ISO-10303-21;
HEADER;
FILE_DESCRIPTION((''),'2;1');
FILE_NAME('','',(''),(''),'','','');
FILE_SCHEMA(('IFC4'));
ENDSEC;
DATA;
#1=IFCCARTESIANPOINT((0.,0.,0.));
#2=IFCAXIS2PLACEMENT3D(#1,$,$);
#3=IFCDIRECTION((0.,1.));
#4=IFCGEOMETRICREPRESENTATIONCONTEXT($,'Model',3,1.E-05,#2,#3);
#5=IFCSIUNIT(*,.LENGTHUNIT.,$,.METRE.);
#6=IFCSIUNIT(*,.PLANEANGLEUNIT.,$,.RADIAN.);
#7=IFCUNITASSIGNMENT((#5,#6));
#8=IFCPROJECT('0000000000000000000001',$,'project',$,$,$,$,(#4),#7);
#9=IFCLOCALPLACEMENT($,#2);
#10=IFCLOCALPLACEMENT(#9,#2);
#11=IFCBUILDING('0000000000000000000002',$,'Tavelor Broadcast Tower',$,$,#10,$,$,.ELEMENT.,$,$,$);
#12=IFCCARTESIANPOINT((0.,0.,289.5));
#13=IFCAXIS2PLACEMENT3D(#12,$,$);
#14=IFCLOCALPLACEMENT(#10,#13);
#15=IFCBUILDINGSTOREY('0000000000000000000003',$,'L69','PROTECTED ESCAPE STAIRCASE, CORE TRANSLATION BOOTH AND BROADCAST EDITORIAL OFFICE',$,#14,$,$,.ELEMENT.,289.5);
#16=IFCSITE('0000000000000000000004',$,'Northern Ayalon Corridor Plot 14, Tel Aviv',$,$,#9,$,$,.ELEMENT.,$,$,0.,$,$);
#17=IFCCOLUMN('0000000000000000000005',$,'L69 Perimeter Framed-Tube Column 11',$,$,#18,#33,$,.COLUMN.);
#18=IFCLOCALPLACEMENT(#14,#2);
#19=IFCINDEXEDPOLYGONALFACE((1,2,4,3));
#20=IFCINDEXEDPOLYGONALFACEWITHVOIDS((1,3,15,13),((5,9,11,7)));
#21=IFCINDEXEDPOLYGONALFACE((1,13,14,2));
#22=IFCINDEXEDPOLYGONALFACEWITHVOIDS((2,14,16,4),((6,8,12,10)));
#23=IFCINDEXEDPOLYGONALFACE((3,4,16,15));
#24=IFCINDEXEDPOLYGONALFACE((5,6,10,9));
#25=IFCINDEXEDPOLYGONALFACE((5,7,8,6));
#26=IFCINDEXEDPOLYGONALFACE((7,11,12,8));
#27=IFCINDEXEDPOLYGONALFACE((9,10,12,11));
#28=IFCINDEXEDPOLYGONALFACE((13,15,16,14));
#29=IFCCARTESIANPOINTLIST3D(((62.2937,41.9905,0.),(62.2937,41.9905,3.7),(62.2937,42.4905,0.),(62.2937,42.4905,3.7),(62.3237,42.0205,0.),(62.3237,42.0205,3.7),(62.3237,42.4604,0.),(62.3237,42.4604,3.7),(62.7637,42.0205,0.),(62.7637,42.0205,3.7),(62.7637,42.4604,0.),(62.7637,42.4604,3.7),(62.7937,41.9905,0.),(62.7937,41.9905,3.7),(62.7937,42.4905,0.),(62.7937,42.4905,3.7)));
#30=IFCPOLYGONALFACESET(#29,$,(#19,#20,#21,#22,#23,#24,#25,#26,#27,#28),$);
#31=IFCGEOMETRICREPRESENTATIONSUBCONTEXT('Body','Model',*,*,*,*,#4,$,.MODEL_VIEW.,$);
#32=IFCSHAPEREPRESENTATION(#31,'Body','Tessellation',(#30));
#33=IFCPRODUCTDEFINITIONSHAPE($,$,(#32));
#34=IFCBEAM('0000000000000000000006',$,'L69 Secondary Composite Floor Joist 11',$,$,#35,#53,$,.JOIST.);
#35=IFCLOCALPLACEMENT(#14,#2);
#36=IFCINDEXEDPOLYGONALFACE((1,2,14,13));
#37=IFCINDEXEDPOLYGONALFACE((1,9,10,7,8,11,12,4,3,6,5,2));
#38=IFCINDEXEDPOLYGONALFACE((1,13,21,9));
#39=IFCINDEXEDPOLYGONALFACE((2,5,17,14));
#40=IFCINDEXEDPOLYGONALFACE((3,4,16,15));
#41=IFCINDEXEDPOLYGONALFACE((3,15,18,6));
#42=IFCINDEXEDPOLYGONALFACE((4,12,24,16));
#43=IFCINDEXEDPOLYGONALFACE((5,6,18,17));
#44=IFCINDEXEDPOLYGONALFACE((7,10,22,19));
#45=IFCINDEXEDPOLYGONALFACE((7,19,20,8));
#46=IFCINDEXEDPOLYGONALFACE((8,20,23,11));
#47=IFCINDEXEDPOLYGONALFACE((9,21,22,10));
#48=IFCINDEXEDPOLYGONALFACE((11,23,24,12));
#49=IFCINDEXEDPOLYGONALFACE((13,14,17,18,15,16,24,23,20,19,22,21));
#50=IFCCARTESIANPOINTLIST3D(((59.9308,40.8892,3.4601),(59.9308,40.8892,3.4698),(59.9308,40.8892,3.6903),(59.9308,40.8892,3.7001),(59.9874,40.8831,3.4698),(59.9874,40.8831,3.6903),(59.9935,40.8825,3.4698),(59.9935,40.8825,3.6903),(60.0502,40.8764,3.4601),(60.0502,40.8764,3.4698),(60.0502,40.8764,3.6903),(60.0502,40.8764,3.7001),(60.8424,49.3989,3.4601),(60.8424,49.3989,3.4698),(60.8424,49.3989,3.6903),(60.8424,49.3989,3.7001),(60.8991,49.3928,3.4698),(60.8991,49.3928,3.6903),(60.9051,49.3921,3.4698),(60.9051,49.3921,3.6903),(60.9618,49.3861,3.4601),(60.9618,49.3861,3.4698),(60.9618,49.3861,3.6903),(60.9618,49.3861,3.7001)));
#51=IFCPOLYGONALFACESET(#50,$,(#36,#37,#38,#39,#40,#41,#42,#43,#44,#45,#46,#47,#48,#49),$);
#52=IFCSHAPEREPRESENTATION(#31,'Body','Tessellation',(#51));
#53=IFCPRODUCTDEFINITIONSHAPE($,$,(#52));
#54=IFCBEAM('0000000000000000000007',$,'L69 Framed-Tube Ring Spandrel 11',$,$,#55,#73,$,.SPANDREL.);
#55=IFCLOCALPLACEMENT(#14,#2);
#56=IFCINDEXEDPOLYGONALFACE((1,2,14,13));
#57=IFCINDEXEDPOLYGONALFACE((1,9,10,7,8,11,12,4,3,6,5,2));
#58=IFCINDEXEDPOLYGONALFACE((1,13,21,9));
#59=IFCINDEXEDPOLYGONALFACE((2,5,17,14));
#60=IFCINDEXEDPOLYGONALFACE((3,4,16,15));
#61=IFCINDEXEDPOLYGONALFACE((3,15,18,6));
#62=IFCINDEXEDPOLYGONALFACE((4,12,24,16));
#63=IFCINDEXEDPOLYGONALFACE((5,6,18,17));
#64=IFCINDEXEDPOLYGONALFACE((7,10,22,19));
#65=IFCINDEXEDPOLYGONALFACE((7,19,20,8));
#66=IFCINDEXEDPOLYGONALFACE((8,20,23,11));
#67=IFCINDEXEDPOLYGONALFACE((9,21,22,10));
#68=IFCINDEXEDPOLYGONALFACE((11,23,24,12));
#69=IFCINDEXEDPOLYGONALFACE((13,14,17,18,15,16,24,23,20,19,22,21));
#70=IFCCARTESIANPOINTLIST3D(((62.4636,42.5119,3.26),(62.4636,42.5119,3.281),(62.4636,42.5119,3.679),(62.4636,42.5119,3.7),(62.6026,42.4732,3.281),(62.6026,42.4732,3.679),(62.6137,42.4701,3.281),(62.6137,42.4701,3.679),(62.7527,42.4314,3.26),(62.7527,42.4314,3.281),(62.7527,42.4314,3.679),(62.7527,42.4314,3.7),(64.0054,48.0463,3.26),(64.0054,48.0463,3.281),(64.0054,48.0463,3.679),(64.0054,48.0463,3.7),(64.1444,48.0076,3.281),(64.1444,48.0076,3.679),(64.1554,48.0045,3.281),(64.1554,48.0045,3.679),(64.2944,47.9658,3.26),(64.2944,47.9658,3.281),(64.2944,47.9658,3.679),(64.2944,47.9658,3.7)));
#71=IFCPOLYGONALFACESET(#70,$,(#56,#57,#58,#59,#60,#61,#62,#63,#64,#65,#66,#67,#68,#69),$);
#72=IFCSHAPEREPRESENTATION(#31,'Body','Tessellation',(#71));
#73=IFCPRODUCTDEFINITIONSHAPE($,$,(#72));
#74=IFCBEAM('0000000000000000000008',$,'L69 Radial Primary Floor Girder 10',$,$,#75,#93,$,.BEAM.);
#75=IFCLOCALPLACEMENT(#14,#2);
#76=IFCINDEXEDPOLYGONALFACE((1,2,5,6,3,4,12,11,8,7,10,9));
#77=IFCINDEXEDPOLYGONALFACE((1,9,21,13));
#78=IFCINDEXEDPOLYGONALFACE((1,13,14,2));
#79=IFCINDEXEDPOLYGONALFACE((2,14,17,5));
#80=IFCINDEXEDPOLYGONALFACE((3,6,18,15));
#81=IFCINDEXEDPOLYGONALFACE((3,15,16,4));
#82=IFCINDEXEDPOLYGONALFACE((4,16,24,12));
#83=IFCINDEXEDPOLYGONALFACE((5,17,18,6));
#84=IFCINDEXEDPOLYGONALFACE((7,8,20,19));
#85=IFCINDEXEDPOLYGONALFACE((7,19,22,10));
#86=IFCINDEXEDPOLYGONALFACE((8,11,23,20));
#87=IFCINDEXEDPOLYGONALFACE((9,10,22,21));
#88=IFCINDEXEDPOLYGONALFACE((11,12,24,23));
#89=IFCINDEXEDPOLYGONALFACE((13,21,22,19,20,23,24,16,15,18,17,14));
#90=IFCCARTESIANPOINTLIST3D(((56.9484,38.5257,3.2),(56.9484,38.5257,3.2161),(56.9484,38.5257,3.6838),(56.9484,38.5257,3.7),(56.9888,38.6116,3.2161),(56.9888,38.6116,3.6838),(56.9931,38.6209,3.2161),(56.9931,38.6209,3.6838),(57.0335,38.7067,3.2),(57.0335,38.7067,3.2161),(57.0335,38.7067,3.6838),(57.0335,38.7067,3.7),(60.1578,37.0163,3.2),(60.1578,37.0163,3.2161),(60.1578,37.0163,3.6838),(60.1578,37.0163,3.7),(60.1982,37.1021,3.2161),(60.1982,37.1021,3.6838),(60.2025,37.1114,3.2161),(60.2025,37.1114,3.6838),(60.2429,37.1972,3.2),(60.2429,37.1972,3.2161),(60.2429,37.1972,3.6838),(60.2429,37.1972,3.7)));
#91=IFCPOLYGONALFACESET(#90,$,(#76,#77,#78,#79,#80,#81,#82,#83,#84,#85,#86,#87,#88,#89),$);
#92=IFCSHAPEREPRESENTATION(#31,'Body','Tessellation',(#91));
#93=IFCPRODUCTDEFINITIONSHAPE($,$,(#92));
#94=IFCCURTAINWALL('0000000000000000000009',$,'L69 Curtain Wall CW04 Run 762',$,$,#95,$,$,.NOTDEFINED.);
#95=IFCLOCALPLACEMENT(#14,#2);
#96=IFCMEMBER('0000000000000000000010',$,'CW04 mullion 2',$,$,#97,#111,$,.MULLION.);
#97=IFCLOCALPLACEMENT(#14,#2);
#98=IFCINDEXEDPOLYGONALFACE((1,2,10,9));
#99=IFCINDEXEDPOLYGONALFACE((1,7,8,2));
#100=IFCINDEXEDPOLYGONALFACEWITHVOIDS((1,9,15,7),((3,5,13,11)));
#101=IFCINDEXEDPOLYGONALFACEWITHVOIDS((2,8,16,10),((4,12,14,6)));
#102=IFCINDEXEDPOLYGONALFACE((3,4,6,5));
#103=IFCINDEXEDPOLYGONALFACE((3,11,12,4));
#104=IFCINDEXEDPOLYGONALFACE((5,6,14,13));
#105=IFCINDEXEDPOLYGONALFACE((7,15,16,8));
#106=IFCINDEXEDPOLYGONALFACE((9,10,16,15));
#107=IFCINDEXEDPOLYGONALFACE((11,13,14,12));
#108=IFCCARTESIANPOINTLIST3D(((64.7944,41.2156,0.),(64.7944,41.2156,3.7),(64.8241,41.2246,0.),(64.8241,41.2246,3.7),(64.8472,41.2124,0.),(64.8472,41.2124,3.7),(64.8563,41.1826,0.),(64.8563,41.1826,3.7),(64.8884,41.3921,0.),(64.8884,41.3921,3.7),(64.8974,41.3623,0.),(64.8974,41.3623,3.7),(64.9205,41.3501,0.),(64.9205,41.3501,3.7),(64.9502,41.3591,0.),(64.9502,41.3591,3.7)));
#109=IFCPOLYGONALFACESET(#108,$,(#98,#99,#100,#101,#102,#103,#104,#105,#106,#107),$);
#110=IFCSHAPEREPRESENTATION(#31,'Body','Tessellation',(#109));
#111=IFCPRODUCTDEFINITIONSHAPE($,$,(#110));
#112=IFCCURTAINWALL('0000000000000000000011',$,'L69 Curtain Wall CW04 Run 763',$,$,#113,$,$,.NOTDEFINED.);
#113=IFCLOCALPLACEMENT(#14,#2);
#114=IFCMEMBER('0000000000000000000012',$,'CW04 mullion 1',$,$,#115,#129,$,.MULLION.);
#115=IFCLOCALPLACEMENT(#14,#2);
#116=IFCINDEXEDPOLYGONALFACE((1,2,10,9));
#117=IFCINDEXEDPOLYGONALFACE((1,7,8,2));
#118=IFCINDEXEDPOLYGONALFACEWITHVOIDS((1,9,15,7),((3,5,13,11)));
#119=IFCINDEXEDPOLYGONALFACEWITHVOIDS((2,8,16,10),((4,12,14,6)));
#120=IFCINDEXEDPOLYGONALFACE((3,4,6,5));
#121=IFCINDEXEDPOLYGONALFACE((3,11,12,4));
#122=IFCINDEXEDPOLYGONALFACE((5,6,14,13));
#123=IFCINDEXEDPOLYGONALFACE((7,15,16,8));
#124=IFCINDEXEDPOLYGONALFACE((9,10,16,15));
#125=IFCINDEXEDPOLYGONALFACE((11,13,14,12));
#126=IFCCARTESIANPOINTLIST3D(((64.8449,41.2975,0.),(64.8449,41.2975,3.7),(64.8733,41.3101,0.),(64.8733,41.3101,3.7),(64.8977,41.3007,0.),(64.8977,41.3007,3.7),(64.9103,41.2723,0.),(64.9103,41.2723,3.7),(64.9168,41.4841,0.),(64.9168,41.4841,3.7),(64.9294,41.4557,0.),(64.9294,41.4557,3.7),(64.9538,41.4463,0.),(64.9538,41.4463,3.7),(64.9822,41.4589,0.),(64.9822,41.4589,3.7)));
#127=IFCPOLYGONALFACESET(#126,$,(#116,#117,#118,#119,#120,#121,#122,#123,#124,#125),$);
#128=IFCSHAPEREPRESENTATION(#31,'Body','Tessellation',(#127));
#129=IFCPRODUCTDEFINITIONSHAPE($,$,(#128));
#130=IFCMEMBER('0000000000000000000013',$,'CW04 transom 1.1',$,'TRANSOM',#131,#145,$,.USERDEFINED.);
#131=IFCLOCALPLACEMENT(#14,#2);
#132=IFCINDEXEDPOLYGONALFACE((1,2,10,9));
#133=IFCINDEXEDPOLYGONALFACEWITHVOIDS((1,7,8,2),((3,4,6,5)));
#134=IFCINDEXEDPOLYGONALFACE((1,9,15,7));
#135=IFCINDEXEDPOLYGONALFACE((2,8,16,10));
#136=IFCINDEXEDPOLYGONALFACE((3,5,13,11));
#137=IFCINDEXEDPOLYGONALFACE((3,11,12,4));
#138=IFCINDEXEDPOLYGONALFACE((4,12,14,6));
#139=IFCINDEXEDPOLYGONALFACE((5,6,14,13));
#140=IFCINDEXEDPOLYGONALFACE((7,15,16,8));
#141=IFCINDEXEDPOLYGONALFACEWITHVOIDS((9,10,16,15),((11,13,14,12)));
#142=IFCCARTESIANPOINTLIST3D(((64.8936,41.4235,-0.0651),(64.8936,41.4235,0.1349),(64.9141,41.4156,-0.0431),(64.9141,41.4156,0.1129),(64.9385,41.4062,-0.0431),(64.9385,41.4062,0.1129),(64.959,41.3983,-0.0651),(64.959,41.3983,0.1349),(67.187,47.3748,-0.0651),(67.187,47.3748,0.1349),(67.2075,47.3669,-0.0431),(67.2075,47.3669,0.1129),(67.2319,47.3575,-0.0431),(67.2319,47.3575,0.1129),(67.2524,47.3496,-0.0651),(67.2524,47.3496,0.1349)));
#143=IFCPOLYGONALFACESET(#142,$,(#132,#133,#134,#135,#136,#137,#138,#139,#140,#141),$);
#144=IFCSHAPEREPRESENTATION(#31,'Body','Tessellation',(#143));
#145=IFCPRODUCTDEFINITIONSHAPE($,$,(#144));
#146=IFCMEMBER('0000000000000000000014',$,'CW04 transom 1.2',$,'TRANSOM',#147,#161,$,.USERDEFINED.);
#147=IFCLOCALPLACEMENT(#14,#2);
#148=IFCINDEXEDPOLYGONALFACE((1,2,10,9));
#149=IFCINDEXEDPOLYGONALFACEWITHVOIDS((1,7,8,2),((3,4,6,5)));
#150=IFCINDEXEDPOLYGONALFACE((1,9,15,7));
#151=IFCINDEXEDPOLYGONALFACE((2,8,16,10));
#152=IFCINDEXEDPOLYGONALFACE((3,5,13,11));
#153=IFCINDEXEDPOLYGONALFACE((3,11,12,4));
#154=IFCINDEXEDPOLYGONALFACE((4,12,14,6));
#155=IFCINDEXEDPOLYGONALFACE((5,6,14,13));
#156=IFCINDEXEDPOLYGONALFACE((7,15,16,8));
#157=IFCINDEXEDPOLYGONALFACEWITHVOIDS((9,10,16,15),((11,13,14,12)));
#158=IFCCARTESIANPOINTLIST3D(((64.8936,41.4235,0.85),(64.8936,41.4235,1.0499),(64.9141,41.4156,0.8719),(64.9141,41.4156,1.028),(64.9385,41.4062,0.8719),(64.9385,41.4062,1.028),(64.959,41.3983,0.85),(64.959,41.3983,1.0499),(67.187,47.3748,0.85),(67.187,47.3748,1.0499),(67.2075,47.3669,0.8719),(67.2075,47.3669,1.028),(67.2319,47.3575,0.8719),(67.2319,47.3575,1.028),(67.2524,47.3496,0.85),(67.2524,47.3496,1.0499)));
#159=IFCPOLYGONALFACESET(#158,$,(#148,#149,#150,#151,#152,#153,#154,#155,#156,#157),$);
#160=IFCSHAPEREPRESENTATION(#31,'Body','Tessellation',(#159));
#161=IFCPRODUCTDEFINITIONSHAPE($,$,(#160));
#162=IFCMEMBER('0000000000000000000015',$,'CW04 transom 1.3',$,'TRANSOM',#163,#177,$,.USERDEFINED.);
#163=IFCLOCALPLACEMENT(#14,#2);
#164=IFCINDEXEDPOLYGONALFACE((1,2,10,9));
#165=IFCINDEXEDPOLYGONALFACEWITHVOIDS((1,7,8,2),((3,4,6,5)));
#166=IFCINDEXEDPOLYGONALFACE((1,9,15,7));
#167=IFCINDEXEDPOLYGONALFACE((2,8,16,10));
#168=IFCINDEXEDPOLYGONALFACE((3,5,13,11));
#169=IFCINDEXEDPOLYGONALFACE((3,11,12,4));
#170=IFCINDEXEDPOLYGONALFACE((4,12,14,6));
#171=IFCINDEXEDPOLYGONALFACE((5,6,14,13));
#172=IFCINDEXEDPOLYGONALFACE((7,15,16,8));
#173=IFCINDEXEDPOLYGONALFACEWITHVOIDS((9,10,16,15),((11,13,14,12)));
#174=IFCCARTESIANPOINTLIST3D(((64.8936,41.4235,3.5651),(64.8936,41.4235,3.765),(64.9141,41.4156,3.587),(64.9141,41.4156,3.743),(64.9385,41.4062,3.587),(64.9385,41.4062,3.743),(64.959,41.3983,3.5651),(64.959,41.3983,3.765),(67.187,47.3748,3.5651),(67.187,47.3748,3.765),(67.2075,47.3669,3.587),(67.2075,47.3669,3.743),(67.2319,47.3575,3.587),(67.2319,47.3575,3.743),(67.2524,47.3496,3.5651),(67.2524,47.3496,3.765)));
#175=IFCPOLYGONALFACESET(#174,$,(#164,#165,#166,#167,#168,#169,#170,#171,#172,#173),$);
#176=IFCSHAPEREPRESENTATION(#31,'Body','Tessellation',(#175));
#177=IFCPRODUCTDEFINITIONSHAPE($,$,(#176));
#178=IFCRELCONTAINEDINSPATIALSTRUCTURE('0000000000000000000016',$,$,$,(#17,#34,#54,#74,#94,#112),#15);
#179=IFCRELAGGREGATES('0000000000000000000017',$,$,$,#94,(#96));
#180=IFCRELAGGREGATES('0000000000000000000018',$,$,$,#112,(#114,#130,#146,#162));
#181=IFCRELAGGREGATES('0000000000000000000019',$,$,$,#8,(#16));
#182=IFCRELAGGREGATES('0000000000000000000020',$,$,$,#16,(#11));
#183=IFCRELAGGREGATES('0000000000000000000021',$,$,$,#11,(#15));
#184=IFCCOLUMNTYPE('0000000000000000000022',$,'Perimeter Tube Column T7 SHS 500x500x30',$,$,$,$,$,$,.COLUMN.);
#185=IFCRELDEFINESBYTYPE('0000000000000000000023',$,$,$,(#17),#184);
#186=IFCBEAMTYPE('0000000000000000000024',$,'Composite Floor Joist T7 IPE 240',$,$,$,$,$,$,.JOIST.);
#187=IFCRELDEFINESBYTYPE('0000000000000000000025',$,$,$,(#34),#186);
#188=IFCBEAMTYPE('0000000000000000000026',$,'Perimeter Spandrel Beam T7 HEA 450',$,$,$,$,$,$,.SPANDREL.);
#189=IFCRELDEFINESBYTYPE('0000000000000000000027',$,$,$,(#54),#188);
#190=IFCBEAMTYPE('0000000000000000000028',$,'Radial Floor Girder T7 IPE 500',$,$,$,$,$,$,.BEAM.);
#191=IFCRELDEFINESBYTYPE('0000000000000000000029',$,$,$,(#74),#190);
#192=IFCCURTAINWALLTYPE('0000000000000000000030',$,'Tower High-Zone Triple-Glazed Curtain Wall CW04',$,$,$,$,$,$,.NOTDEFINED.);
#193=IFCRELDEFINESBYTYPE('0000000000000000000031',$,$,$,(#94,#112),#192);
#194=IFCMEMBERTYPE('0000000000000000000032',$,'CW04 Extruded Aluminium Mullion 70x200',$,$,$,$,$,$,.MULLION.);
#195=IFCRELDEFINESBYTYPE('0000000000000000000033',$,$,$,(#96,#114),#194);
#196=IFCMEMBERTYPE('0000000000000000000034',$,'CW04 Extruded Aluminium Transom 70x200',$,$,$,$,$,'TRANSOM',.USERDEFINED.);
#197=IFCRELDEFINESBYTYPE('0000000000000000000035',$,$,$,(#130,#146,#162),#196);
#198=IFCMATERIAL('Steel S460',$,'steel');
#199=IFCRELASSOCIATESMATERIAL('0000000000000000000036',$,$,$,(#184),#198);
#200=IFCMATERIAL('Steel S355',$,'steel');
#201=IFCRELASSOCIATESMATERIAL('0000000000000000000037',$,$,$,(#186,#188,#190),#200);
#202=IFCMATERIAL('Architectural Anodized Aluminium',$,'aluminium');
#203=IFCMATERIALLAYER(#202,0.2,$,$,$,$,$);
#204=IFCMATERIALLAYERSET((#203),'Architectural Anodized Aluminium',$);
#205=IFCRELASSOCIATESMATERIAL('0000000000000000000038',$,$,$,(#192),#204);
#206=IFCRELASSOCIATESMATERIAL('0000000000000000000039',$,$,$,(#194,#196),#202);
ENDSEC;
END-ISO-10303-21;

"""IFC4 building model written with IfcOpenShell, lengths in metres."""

from ifc_helpers import new_model, si_unit, direction, frame, origin, origin_2d, place, context, subcontext, project, spatial, hollow_rectangle, i_section, extrude, source, transform, mapped, material, layer, layer_set, material_profile, profile_set, type_object, type_shapes, element, aggregate, save


model = new_model("IFC4")

# Units and contexts
model_context = context("Model", 3, precision=1e-05, world=origin(), true_north=direction((0.0, 1.0)))
body_context = subcontext(model_context, "Body", "Model", "MODEL_VIEW")
ifc_project = project(units=[si_unit("LENGTHUNIT", "METRE"), si_unit("PLANEANGLEUNIT", "RADIAN")], contexts=[model_context])

# Site, building, storey
site_placement = place(None, origin())
site = spatial("IfcSite", under=ifc_project, at=site_placement, Name="Northern Ayalon Corridor Plot 14, Tel Aviv", CompositionType="ELEMENT", RefElevation=0.0)
building_placement = place(site_placement, origin())
building = spatial("IfcBuilding", under=site, at=building_placement, Name="Tavelor Broadcast Tower", CompositionType="ELEMENT")
storey_placement = place(building_placement, frame((0.0, 0.0, 289.5)))
storey = spatial("IfcBuildingStorey", under=building, at=storey_placement, Name="L69", Description="PROTECTED ESCAPE STAIRCASE, CORE TRANSLATION BOOTH AND BROADCAST EDITORIAL OFFICE", CompositionType="ELEMENT", Elevation=289.5)

# Column
ifc_material_1 = material(Name="Steel S460", Category="steel")
ifc_material_profile_1 = material_profile(ifc_material_1, hollow_rectangle(XDim=0.5, YDim=0.5, WallThickness=0.03, at=origin_2d()), Name="SHS 500x500x30")
ifc_profile_set_1 = profile_set([ifc_material_profile_1], Name="Steel S460")
column_type = type_object("IfcColumnType", Name="Perimeter Tube Column T7 SHS 500x500x30", PredefinedType="COLUMN", material=ifc_profile_set_1)
column_placement = place(storey_placement, frame((62.5437, 42.2405, 0.0), z_axis=(0.0, 0.0, 1.0), x_axis=(1.0, 0.0, 0.0)))
element("IfcColumn", 1, at=column_placement, inside=storey, type_object=column_type, Name="L69 Perimeter Framed-Tube Column 11", PredefinedType="COLUMN", context=body_context, shape_type="SweptSolid", body=[
    extrude(hollow_rectangle(XDim=0.5, YDim=0.5, WallThickness=0.03, at=origin_2d()), origin(), (0.0, 0.0, 1.0), 3.7),
])

# Beams
ifc_material_2 = material(Name="Steel S355", Category="steel")
ifc_material_profile_2 = material_profile(ifc_material_2, i_section(OverallWidth=0.1201, OverallDepth=0.24, WebThickness=0.0061, FlangeThickness=0.0098, at=origin_2d()), Name="IPE 240")
ifc_profile_set_2 = profile_set([ifc_material_profile_2], Name="Steel S355")
beam_type_1 = type_object("IfcBeamType", Name="Composite Floor Joist T7 IPE 240", PredefinedType="JOIST", material=ifc_profile_set_2)
beam_1_placement = place(storey_placement, frame((59.9905, 40.8828, 3.5801), z_axis=(0.106517, 0.994311, 0.0), x_axis=(-0.994311, 0.106517, 0.0)))
element("IfcBeam", 2, at=beam_1_placement, inside=storey, type_object=beam_type_1, Name="L69 Secondary Composite Floor Joist 11", PredefinedType="JOIST", context=body_context, shape_type="SweptSolid", body=[
    extrude(i_section(OverallWidth=0.1201, OverallDepth=0.24, WebThickness=0.0061, FlangeThickness=0.0098, at=origin_2d()), origin(), (0.0, 0.0, 1.0), 8.5583),
])
ifc_material_profile_3 = material_profile(ifc_material_2, i_section(OverallWidth=0.3, OverallDepth=0.4399, WebThickness=0.0115, FlangeThickness=0.021, at=origin_2d()), Name="HEA 450")
ifc_profile_set_3 = profile_set([ifc_material_profile_3], Name="Steel S355")
beam_type_2 = type_object("IfcBeamType", Name="Perimeter Spandrel Beam T7 HEA 450", PredefinedType="SPANDREL", material=ifc_profile_set_3)
beam_2_placement = place(storey_placement, frame((62.6082, 42.4717, 3.48), z_axis=(0.268356, 0.96332, 0.0), x_axis=(-0.96332, 0.268356, 0.0)))
element("IfcBeam", 3, at=beam_2_placement, inside=storey, type_object=beam_type_2, Name="L69 Framed-Tube Ring Spandrel 11", PredefinedType="SPANDREL", context=body_context, shape_type="SweptSolid", body=[
    extrude(i_section(OverallWidth=0.3, OverallDepth=0.4399, WebThickness=0.0115, FlangeThickness=0.021, at=origin_2d()), origin(), (0.0, 0.0, 1.0), 5.7451),
])
ifc_material_profile_4 = material_profile(ifc_material_2, i_section(OverallWidth=0.2, OverallDepth=0.5, WebThickness=0.0103, FlangeThickness=0.0161, at=origin_2d()), Name="IPE 500")
ifc_profile_set_4 = profile_set([ifc_material_profile_4], Name="Steel S355")
beam_type_3 = type_object("IfcBeamType", Name="Radial Floor Girder T7 IPE 500", PredefinedType="BEAM", material=ifc_profile_set_4)
beam_3_placement = place(storey_placement, frame((56.991, 38.6162, 3.45), z_axis=(0.904908, -0.425608, 0.0), x_axis=(0.425608, 0.904908, 0.0)))
element("IfcBeam", 4, at=beam_3_placement, inside=storey, type_object=beam_type_3, Name="L69 Radial Primary Floor Girder 10", PredefinedType="BEAM", context=body_context, shape_type="SweptSolid", body=[
    extrude(i_section(OverallWidth=0.2, OverallDepth=0.5, WebThickness=0.0103, FlangeThickness=0.0161, at=origin_2d()), origin(), (0.0, 0.0, 1.0), 3.5466),
])

# Curtain wall, member
ifc_material_3 = material(Name="Architectural Anodized Aluminium", Category="aluminium")
ifc_layer_1 = layer(ifc_material_3, 0.2)
ifc_layer_set_1 = layer_set([ifc_layer_1], Name="Architectural Anodized Aluminium")
curtain_wall_type = type_object("IfcCurtainWallType", Name="Tower High-Zone Triple-Glazed Curtain Wall CW04", PredefinedType="NOTDEFINED", material=ifc_layer_set_1)
curtain_wall_1_placement = place(storey_placement, origin())
curtain_wall_1 = element("IfcCurtainWall", 5, at=curtain_wall_1_placement, inside=storey, type_object=curtain_wall_type, Name="L69 Curtain Wall CW04 Run 762", PredefinedType="NOTDEFINED")
ifc_material_profile_5 = material_profile(ifc_material_3, hollow_rectangle(XDim=0.0701, YDim=0.2, WallThickness=0.022, at=origin_2d()), Name="RHS 70x200x22")
ifc_profile_set_5 = profile_set([ifc_material_profile_5], Name="Architectural Anodized Aluminium")
member_type_1 = type_object("IfcMemberType", Name="CW04 Extruded Aluminium Mullion 70x200", PredefinedType="MULLION", material=ifc_profile_set_5)
shared_shape_1 = source(origin(), body_context, "Body", "SweptSolid", [
    extrude(hollow_rectangle(XDim=0.0701, YDim=0.2, WallThickness=0.022, at=origin_2d()), origin(), (0.0, 0.0, 1.0), 3.7),
])
type_shapes(member_type_1, [shared_shape_1])
member_1_placement = place(storey_placement, frame((64.8723, 41.2874, 0.0), z_axis=(0.0, 0.0, 1.0), x_axis=(-0.882741, 0.46986, 0.0)))
member_1 = element("IfcMember", 6, at=member_1_placement, type_object=member_type_1, Name="CW04 mullion 2", PredefinedType="MULLION", context=body_context, shape_type="MappedRepresentation", body=[
    mapped(shared_shape_1, transform((0.0, 0.0, 0.0), scale=1.0)),
])

# Curtain wall, members
curtain_wall_2_placement = place(storey_placement, origin())
curtain_wall_2 = element("IfcCurtainWall", 7, at=curtain_wall_2_placement, inside=storey, type_object=curtain_wall_type, Name="L69 Curtain Wall CW04 Run 763", PredefinedType="NOTDEFINED")
member_2_placement = place(storey_placement, frame((64.9136, 41.3782, 0.0), z_axis=(0.0, 0.0, 1.0), x_axis=(-0.933118, 0.359571, 0.0)))
member_2 = element("IfcMember", 8, at=member_2_placement, type_object=member_type_1, Name="CW04 mullion 1", PredefinedType="MULLION", context=body_context, shape_type="MappedRepresentation", body=[
    mapped(shared_shape_1, transform((0.0, 0.0, 0.0), scale=1.0)),
])
ifc_material_profile_6 = material_profile(ifc_material_3, hollow_rectangle(XDim=0.0701, YDim=0.2, WallThickness=0.022, at=origin_2d()), Name="RHS 70x200x22")
ifc_profile_set_6 = profile_set([ifc_material_profile_6], Name="Architectural Anodized Aluminium")
member_type_2 = type_object("IfcMemberType", Name="CW04 Extruded Aluminium Transom 70x200", ElementType="TRANSOM", PredefinedType="USERDEFINED", material=ifc_profile_set_6)
shared_shape_2 = source(origin(), body_context, "Body", "SweptSolid", [
    extrude(hollow_rectangle(XDim=0.0701, YDim=0.2, WallThickness=0.022, at=origin_2d()), origin(), (0.0, 0.0, 1.0), 6.3779),
])
type_shapes(member_type_2, [shared_shape_2])
member_3_placement = place(storey_placement, frame((64.9263, 41.4109, 0.0349), z_axis=(0.359587, 0.933112, 0.0), x_axis=(-0.933112, 0.359587, 0.0)))
member_3 = element("IfcMember", 9, at=member_3_placement, type_object=member_type_2, Name="CW04 transom 1.1", ObjectType="TRANSOM", PredefinedType="USERDEFINED", context=body_context, shape_type="MappedRepresentation", body=[
    mapped(shared_shape_2, transform((0.0, 0.0, 0.0), scale=1.0)),
])
member_4_placement = place(storey_placement, frame((64.9263, 41.4109, 0.95), z_axis=(0.359587, 0.933112, 0.0), x_axis=(-0.933112, 0.359587, 0.0)))
member_4 = element("IfcMember", 10, at=member_4_placement, type_object=member_type_2, Name="CW04 transom 1.2", ObjectType="TRANSOM", PredefinedType="USERDEFINED", context=body_context, shape_type="MappedRepresentation", body=[
    mapped(shared_shape_2, transform((0.0, 0.0, 0.0), scale=1.0)),
])
member_5_placement = place(storey_placement, frame((64.9263, 41.4109, 3.665), z_axis=(0.359587, 0.933112, 0.0), x_axis=(-0.933112, 0.359587, 0.0)))
member_5 = element("IfcMember", 11, at=member_5_placement, type_object=member_type_2, Name="CW04 transom 1.3", ObjectType="TRANSOM", PredefinedType="USERDEFINED", context=body_context, shape_type="MappedRepresentation", body=[
    mapped(shared_shape_2, transform((0.0, 0.0, 0.0), scale=1.0)),
])

aggregate(curtain_wall_1, [member_1])
aggregate(curtain_wall_2, [member_2, member_3, member_4, member_5])

save(model, "model.ifc")
